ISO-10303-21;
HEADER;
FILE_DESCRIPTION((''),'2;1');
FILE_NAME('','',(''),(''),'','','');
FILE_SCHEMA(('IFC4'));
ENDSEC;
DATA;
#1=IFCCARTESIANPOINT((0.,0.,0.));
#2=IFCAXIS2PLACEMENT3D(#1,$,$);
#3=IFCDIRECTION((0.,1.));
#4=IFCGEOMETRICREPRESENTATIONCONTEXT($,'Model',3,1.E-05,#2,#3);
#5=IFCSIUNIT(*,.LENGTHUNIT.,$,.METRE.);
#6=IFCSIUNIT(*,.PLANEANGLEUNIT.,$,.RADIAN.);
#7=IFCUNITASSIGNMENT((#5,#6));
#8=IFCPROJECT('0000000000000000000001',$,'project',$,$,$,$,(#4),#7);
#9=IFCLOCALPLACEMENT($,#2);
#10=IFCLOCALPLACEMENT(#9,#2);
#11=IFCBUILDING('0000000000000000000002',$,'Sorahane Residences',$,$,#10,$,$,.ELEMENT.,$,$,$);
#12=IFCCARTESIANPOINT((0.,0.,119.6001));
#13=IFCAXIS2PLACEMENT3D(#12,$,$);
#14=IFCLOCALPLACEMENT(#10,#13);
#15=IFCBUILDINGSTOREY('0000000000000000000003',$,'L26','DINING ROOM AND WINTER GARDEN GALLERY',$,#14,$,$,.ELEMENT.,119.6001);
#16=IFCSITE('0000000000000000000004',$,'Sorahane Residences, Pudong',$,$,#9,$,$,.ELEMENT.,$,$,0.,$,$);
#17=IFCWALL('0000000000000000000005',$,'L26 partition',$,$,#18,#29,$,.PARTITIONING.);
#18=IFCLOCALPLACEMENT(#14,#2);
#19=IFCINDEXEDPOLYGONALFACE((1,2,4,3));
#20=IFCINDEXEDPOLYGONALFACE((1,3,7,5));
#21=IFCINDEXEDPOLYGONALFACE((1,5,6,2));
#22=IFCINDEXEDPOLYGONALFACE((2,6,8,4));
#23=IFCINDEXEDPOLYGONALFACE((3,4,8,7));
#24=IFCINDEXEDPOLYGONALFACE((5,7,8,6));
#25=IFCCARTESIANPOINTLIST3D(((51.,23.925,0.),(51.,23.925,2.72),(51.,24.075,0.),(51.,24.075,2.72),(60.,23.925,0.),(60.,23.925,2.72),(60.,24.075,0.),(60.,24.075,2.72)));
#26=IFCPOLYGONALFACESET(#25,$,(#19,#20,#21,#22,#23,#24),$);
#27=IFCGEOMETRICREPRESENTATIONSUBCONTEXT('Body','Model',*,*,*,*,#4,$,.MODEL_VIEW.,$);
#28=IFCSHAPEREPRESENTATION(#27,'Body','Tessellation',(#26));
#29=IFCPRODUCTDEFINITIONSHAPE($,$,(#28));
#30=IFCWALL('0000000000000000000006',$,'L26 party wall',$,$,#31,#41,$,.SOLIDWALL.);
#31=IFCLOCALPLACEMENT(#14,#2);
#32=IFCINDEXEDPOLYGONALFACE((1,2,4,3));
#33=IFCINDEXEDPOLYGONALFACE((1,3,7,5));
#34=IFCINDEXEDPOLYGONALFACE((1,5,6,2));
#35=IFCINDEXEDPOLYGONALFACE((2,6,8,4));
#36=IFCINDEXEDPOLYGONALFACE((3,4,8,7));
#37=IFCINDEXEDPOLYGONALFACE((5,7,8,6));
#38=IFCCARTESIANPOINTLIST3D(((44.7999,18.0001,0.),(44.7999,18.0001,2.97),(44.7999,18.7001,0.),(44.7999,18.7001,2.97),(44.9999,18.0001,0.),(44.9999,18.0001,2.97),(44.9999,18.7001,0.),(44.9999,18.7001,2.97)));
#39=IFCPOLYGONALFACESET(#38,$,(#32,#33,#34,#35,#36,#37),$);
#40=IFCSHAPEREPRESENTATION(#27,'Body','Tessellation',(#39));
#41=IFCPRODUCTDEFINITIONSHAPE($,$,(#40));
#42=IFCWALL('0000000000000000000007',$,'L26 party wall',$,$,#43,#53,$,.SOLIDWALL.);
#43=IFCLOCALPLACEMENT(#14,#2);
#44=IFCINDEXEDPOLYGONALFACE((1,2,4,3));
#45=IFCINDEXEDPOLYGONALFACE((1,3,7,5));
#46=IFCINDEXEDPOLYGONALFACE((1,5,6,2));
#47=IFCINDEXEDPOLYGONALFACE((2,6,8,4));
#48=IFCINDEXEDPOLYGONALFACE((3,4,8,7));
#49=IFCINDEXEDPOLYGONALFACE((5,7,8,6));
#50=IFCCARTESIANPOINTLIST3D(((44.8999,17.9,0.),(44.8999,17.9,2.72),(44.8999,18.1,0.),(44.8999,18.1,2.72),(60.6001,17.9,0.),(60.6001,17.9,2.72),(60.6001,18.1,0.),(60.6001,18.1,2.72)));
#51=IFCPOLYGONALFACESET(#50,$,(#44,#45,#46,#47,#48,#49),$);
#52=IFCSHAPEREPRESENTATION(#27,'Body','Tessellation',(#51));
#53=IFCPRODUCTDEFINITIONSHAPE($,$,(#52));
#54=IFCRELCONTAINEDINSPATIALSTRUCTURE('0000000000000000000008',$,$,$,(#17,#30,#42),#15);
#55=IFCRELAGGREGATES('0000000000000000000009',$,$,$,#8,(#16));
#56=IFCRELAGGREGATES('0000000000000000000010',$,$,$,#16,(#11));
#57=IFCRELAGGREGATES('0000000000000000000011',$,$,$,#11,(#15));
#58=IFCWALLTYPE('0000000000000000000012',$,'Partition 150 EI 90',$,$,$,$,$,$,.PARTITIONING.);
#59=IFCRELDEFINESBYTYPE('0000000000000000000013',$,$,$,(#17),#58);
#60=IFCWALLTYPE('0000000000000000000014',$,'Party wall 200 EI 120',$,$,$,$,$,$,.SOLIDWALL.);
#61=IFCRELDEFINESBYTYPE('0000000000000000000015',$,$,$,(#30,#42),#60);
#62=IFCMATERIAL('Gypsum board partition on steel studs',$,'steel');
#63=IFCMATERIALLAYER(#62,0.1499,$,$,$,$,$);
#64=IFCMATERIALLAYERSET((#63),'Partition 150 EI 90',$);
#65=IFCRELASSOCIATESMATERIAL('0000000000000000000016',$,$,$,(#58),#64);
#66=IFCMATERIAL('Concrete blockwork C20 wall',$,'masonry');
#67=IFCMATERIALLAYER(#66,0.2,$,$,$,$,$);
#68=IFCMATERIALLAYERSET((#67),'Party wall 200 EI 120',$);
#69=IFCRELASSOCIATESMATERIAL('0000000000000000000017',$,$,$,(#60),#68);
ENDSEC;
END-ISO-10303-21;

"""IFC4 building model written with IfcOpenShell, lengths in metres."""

from ifc_helpers import new_model, si_unit, direction, frame, frame_2d, origin, place, context, subcontext, project, spatial, rectangle, extrude, material, layer, layer_set, type_object, element, save


model = new_model("IFC4")

# Units and contexts
model_context = context("Model", 3, precision=1e-05, world=origin(), true_north=direction((0.0, 1.0)))
body_context = subcontext(model_context, "Body", "Model", "MODEL_VIEW")
ifc_project = project(units=[si_unit("LENGTHUNIT", "METRE"), si_unit("PLANEANGLEUNIT", "RADIAN")], contexts=[model_context])

# Site, building, storey
site_placement = place(None, origin())
site = spatial("IfcSite", under=ifc_project, at=site_placement, Name="Sorahane Residences, Pudong", CompositionType="ELEMENT", RefElevation=0.0)
building_placement = place(site_placement, origin())
building = spatial("IfcBuilding", under=site, at=building_placement, Name="Sorahane Residences", CompositionType="ELEMENT")
storey_placement = place(building_placement, frame((0.0, 0.0, 119.6001)))
storey = spatial("IfcBuildingStorey", under=building, at=storey_placement, Name="L26", Description="DINING ROOM AND WINTER GARDEN GALLERY", CompositionType="ELEMENT", Elevation=119.6001)

# Shared definitions
ifc_material_1 = material(Name="Gypsum board partition on steel studs", Category="steel")
ifc_layer_1 = layer(ifc_material_1, 0.1499)
ifc_layer_set_1 = layer_set([ifc_layer_1], Name="Partition 150 EI 90")
wall_type_1 = type_object("IfcWallType", Name="Partition 150 EI 90", PredefinedType="PARTITIONING", material=ifc_layer_set_1)

# Walls
wall_1_placement = place(storey_placement, frame((51.0, 24.0, 0.0), z_axis=(0.0, 0.0, 1.0), x_axis=(1.0, 0.0, 0.0)))
element("IfcWall", 1, at=wall_1_placement, inside=storey, type_object=wall_type_1, Name="L26 partition", PredefinedType="PARTITIONING", context=body_context, shape_type="SweptSolid", body=[
    extrude(rectangle(XDim=9.0, YDim=0.1499, at=frame_2d((4.5, 0.0))), origin(), (0.0, 0.0, 1.0), 2.72),
])
ifc_material_2 = material(Name="Concrete blockwork C20 wall", Category="masonry")
ifc_layer_2 = layer(ifc_material_2, 0.2)
ifc_layer_set_2 = layer_set([ifc_layer_2], Name="Party wall 200 EI 120")
wall_type_2 = type_object("IfcWallType", Name="Party wall 200 EI 120", PredefinedType="SOLIDWALL", material=ifc_layer_set_2)
wall_2_placement = place(storey_placement, frame((44.8999, 18.0, 0.0), z_axis=(0.0, 0.0, 1.0), x_axis=(0.0, 1.0, 0.0)))
element("IfcWall", 2, at=wall_2_placement, inside=storey, type_object=wall_type_2, Name="L26 party wall", PredefinedType="SOLIDWALL", context=body_context, shape_type="SweptSolid", body=[
    extrude(rectangle(XDim=0.7, YDim=0.2, at=frame_2d((0.3501, 0.0))), origin(), (0.0, 0.0, 1.0), 2.97),
])
wall_3_placement = place(storey_placement, frame((44.8999, 18.0, 0.0), z_axis=(0.0, 0.0, 1.0), x_axis=(1.0, 0.0, 0.0)))
element("IfcWall", 3, at=wall_3_placement, inside=storey, type_object=wall_type_2, Name="L26 party wall", PredefinedType="SOLIDWALL", context=body_context, shape_type="SweptSolid", body=[
    extrude(rectangle(XDim=15.7002, YDim=0.2, at=frame_2d((7.8501, 0.0))), origin(), (0.0, 0.0, 1.0), 2.72),
])

save(model, "model.ifc")
